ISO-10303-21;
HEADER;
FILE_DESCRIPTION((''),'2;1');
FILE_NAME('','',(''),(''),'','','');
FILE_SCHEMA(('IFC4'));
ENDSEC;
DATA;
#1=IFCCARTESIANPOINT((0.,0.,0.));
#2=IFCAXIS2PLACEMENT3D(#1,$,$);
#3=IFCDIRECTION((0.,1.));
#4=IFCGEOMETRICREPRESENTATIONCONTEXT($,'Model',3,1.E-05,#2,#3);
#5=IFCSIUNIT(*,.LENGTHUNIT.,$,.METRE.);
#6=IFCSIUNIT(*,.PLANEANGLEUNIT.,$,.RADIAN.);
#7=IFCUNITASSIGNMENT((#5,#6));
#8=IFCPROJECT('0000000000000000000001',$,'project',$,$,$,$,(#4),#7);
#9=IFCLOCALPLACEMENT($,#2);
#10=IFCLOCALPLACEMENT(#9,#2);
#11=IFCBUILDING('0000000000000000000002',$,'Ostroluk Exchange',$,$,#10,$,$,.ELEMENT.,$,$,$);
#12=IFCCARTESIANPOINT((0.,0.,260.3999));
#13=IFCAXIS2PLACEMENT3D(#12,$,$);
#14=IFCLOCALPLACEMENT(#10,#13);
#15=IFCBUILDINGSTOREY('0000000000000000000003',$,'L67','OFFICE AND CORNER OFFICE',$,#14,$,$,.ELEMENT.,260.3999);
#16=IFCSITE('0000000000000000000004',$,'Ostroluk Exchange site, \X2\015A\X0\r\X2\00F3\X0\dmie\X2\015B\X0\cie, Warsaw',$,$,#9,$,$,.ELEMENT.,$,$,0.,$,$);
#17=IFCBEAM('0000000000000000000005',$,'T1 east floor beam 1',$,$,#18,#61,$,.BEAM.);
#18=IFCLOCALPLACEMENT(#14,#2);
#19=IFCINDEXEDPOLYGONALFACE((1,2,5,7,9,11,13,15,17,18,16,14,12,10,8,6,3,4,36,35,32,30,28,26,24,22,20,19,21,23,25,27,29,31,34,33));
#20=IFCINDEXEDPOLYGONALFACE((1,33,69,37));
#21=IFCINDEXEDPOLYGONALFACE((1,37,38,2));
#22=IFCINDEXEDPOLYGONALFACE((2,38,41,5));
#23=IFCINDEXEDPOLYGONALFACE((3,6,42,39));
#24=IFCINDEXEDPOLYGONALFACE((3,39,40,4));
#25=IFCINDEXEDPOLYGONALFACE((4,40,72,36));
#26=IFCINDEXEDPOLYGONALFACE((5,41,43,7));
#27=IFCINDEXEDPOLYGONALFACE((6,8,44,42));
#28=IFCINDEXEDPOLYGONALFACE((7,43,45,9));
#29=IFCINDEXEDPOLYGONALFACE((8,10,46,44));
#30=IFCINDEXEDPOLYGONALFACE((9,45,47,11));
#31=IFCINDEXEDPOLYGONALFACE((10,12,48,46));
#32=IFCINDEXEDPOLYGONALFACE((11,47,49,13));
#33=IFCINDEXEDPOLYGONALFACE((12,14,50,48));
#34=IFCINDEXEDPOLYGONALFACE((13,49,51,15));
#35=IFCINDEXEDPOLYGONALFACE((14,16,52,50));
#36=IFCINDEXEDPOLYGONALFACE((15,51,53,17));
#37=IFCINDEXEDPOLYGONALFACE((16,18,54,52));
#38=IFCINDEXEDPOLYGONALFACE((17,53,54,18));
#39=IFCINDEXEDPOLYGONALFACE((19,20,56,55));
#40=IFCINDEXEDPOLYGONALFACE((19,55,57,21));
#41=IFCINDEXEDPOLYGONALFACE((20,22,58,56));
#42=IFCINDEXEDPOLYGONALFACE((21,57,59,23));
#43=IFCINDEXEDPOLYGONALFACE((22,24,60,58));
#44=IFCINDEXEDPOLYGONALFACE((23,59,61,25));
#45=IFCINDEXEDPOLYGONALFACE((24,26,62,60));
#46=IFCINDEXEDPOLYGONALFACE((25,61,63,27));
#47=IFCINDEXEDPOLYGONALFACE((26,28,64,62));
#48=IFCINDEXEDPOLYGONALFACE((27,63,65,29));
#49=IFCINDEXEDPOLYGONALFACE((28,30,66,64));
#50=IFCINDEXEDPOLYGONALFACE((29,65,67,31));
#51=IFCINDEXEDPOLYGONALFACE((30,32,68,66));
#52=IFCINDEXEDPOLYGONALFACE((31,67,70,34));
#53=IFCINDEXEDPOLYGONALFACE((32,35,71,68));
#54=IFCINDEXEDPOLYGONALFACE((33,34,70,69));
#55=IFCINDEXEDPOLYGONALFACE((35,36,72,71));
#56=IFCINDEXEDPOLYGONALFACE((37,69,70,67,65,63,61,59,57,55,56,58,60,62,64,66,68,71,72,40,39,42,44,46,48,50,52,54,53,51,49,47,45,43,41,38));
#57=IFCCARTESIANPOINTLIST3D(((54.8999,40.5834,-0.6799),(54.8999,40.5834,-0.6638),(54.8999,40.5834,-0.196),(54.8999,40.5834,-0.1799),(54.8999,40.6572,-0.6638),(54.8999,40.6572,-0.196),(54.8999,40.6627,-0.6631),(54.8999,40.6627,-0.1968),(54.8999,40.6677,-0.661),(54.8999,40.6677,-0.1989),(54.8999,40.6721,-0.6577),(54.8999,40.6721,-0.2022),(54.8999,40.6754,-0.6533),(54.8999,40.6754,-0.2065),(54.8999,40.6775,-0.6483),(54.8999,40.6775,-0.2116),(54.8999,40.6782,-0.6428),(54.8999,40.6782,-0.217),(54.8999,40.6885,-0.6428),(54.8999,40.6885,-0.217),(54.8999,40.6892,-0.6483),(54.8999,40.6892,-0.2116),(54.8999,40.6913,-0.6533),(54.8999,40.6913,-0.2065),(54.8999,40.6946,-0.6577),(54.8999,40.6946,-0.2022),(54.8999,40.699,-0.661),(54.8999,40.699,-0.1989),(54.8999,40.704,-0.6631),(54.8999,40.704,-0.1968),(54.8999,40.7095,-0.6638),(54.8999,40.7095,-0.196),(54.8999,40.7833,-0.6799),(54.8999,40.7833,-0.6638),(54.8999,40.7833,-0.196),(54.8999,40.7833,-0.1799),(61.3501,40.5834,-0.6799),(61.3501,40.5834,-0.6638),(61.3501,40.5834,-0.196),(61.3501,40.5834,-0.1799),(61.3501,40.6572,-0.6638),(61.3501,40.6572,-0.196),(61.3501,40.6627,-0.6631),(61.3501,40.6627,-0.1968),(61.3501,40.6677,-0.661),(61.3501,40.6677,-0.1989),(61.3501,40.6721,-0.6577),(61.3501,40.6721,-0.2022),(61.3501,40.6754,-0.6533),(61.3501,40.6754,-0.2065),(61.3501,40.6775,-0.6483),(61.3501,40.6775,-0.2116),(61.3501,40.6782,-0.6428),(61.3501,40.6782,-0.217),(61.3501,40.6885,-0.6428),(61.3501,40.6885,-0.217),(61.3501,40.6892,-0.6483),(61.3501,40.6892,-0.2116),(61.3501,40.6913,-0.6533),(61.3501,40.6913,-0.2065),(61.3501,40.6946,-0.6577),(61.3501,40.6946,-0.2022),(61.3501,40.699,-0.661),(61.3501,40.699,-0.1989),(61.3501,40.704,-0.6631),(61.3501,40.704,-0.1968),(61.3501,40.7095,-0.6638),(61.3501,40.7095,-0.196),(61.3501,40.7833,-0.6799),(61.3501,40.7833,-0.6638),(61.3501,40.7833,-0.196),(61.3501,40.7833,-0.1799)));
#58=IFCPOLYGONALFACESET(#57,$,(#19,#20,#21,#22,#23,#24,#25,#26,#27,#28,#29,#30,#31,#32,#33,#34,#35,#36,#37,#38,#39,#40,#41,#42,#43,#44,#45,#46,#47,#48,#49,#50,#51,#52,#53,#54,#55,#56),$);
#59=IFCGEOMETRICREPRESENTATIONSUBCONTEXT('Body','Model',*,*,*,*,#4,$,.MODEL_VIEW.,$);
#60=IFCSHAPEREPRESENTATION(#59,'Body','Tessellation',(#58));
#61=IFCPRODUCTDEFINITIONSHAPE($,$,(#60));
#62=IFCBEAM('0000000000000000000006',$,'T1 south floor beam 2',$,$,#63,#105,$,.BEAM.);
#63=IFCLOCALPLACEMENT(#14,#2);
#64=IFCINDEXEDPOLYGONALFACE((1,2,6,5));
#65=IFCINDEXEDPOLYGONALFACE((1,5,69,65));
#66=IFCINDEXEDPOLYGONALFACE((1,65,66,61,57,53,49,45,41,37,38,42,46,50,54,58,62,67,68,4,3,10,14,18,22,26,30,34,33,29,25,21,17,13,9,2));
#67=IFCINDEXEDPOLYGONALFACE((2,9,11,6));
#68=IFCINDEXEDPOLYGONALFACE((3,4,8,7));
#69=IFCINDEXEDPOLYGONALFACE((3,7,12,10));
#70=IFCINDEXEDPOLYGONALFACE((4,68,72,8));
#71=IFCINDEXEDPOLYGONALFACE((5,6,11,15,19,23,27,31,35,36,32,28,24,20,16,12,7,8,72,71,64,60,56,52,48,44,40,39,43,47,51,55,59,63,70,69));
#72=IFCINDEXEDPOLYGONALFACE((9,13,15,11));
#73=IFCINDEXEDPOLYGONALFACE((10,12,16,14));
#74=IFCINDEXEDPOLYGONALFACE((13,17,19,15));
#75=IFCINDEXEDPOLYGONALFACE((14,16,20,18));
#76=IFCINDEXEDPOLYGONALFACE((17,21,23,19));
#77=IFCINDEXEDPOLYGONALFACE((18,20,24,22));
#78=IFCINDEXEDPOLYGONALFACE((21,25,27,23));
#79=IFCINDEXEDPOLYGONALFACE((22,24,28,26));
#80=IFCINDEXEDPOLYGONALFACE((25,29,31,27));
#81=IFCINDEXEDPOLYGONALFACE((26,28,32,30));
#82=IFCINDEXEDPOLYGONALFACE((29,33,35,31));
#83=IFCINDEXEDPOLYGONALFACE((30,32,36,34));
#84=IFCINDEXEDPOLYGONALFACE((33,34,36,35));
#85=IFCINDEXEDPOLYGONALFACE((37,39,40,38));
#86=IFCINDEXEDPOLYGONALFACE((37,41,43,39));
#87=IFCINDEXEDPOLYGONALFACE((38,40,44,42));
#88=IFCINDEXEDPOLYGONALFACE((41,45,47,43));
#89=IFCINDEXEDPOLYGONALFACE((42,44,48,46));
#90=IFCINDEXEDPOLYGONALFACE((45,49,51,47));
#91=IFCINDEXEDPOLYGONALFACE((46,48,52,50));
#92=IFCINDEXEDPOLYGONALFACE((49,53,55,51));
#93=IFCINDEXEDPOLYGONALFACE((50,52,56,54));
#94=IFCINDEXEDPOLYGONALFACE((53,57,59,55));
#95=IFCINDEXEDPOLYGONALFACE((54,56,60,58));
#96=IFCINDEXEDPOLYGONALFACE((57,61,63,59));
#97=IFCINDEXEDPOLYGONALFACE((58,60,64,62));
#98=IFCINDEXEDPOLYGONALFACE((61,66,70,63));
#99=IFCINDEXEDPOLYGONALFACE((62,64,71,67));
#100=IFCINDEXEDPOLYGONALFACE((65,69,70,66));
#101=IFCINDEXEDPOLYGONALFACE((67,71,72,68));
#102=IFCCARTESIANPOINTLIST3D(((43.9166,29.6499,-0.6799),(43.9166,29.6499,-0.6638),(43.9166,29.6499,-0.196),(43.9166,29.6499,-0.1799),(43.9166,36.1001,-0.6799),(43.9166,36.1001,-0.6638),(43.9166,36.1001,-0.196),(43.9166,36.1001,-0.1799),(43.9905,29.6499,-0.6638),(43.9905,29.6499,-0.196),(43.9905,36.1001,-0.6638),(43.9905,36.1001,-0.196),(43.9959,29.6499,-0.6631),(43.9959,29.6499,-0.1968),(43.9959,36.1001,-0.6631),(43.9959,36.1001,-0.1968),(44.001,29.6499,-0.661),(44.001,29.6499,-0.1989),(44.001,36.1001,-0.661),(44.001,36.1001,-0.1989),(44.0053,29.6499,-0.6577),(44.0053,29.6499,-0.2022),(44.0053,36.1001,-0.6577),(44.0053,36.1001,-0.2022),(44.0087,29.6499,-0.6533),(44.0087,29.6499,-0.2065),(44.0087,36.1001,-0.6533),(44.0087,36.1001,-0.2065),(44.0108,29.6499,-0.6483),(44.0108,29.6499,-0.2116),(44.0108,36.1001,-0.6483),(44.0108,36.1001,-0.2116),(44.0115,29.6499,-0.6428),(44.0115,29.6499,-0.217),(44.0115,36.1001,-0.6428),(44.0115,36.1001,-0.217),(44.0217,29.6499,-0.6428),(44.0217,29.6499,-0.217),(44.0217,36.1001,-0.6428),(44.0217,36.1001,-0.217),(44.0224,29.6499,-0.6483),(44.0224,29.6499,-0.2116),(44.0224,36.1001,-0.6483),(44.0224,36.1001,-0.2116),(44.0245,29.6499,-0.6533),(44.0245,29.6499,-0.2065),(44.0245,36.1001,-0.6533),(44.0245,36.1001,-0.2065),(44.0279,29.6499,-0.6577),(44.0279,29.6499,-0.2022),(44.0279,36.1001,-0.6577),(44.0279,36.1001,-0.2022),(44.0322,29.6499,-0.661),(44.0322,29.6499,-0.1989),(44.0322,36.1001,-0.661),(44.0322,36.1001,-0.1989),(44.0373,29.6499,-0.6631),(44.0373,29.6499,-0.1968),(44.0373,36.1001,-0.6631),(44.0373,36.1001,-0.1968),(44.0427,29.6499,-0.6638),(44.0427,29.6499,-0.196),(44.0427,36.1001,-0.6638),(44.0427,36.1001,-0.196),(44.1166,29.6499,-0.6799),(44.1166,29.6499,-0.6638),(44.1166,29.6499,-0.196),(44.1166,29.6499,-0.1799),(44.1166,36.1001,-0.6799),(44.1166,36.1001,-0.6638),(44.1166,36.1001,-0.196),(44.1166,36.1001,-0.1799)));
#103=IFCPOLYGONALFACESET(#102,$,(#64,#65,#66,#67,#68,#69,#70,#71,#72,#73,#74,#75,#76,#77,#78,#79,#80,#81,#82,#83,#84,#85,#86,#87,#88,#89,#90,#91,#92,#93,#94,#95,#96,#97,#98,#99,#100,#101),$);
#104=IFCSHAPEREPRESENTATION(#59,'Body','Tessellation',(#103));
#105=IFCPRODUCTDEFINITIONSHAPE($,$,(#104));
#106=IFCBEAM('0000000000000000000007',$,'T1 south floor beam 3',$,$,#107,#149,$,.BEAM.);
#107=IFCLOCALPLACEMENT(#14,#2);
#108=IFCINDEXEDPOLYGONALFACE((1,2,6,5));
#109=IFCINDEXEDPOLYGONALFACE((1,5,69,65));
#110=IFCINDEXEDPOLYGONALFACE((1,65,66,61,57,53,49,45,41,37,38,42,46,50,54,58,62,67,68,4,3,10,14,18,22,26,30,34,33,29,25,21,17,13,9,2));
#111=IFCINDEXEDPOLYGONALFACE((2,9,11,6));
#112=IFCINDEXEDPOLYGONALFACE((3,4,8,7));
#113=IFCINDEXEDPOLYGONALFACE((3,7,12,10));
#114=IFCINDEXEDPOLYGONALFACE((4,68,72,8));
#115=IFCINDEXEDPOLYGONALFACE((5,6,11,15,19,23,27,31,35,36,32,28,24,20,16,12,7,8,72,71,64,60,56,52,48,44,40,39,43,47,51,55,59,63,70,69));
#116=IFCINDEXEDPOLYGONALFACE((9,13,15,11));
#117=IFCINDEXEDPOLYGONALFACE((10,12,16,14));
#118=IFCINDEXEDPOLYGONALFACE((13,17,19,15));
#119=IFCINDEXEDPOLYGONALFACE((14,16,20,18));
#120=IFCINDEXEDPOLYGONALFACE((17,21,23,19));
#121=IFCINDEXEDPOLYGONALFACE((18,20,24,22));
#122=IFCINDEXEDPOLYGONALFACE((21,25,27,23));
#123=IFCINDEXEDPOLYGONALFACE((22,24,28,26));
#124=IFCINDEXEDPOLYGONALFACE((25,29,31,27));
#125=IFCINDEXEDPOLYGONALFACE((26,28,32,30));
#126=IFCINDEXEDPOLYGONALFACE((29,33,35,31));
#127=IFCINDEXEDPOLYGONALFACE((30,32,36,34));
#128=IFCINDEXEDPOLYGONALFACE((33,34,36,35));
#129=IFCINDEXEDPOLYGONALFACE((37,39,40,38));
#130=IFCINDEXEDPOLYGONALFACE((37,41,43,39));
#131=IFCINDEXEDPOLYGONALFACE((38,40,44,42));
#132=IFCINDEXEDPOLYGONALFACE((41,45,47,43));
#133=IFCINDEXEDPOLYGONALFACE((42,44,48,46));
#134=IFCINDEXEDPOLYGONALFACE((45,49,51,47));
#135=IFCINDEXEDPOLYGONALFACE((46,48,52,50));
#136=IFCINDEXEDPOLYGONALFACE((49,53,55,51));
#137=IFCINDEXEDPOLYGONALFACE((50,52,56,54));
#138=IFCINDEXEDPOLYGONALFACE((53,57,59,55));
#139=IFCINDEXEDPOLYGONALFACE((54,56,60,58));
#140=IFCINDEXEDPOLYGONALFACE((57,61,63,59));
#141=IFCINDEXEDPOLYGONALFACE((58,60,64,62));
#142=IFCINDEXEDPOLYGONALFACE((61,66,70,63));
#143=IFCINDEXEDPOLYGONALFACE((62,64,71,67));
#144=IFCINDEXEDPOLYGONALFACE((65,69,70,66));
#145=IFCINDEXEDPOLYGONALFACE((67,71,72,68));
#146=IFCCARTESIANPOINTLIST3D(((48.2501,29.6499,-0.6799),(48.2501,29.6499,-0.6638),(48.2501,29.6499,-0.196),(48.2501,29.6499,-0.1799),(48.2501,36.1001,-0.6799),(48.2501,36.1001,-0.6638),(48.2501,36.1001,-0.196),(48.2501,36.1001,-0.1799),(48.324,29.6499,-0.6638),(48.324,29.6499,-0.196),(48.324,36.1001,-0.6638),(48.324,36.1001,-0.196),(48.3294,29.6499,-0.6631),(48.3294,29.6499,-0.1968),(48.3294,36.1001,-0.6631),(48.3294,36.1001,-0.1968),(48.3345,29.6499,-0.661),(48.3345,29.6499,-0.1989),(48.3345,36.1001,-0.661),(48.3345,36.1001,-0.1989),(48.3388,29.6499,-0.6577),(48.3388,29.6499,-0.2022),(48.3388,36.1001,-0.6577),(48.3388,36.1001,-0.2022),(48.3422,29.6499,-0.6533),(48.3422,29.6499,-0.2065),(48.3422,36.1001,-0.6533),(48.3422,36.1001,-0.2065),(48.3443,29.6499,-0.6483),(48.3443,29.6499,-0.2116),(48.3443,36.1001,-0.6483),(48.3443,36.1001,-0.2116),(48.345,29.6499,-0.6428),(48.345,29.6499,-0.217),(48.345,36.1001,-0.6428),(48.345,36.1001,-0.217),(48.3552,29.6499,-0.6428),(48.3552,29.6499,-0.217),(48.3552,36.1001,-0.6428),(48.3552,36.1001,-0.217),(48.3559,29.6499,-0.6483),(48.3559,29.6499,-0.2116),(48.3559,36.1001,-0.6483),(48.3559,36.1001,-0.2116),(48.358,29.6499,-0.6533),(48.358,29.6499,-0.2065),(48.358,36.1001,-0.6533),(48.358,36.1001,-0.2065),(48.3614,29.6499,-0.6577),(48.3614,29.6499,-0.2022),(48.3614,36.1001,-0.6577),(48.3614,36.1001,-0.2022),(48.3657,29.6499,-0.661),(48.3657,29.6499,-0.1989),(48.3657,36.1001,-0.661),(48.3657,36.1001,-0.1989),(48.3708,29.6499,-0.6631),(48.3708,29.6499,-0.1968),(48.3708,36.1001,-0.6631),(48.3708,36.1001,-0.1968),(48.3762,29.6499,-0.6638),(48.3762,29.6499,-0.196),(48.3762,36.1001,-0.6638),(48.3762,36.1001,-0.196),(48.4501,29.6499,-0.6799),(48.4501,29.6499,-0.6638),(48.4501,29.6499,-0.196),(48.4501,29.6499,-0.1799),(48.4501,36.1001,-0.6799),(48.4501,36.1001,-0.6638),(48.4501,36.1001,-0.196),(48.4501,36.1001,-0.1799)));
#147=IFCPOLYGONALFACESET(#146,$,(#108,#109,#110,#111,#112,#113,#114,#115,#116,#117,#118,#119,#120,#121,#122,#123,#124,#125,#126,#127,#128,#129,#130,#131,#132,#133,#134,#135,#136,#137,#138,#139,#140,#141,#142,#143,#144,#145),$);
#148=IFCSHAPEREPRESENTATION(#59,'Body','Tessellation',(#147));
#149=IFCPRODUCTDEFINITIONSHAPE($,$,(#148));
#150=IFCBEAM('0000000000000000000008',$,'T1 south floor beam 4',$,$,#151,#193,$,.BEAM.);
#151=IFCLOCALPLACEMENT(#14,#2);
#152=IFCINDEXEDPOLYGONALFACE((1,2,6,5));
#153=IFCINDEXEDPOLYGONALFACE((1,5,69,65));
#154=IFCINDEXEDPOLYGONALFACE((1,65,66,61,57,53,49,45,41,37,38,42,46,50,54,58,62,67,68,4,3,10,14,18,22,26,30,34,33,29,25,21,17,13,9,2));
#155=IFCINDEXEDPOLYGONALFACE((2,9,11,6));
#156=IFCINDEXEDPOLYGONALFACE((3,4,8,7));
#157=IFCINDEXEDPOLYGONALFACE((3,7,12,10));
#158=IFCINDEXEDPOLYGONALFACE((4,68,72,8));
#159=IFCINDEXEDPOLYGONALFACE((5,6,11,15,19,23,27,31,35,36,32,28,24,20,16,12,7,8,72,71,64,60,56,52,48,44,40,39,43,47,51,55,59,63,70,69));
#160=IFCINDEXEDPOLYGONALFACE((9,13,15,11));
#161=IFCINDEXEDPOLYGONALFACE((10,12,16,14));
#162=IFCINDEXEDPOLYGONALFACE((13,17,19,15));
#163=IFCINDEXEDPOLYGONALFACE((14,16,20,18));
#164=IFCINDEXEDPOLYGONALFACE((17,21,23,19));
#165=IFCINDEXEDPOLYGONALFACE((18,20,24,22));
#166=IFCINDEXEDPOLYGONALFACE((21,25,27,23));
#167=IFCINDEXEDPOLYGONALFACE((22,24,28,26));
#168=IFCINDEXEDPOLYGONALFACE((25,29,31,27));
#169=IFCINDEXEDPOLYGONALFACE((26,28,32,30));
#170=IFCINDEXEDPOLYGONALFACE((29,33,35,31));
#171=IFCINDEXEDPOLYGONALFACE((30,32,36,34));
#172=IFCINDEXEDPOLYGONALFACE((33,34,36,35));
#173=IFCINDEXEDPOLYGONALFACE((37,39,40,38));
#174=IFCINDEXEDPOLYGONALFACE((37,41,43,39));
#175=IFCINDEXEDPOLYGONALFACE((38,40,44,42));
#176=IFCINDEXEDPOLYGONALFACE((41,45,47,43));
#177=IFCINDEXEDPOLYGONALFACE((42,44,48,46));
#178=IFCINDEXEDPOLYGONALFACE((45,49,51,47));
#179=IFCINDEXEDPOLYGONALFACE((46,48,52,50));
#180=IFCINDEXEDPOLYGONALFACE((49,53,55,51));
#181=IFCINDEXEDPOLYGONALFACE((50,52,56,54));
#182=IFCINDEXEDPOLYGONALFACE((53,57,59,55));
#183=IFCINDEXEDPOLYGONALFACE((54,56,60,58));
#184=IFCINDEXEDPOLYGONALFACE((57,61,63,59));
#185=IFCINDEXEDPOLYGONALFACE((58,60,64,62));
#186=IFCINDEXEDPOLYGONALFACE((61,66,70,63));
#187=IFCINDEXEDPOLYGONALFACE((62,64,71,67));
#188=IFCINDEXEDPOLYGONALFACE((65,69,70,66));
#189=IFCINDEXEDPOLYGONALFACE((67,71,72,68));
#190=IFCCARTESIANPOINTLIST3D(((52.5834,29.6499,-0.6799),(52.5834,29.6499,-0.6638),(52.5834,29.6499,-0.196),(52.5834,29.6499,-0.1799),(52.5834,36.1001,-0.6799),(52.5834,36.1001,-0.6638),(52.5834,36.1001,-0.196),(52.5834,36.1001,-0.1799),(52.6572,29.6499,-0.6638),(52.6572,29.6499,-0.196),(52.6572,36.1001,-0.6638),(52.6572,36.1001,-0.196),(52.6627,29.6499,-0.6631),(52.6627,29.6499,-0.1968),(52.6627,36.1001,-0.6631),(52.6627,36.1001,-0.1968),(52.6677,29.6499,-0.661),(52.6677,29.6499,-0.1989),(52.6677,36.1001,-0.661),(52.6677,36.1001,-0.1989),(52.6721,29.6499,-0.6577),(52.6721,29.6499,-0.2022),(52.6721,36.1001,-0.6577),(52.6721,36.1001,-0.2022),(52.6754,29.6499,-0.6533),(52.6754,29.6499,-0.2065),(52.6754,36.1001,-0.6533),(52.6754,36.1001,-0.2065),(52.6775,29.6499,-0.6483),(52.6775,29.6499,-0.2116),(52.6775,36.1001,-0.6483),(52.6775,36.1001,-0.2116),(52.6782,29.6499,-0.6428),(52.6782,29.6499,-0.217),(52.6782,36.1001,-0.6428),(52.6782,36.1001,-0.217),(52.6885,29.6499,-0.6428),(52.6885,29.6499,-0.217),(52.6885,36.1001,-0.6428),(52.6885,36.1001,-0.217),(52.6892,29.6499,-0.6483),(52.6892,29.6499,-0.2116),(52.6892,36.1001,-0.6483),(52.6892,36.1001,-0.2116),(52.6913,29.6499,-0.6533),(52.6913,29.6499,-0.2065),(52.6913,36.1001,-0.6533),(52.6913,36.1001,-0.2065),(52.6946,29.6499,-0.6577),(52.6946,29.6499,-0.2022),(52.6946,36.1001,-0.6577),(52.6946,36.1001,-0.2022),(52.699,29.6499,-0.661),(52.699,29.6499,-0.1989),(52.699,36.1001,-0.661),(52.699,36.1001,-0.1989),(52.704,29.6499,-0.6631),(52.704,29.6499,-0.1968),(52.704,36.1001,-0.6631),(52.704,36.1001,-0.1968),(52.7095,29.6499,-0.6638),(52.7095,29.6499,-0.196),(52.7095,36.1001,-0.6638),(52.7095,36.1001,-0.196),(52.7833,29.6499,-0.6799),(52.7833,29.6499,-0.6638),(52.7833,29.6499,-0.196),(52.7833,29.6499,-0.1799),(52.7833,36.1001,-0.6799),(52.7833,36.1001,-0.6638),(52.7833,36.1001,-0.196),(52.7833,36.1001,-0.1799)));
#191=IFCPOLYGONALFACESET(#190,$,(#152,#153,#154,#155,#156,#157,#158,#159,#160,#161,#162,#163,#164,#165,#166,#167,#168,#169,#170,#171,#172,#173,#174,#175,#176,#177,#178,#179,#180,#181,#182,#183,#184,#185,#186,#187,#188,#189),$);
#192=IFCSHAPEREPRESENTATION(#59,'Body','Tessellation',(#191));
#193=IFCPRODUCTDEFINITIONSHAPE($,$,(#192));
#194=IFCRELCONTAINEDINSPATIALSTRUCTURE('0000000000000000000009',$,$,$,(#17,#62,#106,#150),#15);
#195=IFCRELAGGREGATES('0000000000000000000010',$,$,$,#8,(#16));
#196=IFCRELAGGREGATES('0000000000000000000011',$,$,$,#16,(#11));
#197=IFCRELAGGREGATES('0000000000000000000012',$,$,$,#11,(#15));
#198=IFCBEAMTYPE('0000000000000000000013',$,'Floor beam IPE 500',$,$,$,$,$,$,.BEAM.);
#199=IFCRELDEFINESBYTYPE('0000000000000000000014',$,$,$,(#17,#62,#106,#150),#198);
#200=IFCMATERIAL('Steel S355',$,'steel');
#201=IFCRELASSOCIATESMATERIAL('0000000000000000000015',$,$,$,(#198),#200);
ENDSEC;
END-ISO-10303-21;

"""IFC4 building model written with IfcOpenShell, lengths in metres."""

from ifc_helpers import new_model, si_unit, direction, frame, origin, origin_2d, place, context, subcontext, project, spatial, i_section, extrude, material, material_profile, profile_set, type_object, element, save


model = new_model("IFC4")

# Units and contexts
model_context = context("Model", 3, precision=1e-05, world=origin(), true_north=direction((0.0, 1.0)))
body_context = subcontext(model_context, "Body", "Model", "MODEL_VIEW")
ifc_project = project(units=[si_unit("LENGTHUNIT", "METRE"), si_unit("PLANEANGLEUNIT", "RADIAN")], contexts=[model_context])

# Site, building, storey
site_placement = place(None, origin())
site = spatial("IfcSite", under=ifc_project, at=site_placement, Name="Ostroluk Exchange site, Śródmieście, Warsaw", CompositionType="ELEMENT", RefElevation=0.0)
building_placement = place(site_placement, origin())
building = spatial("IfcBuilding", under=site, at=building_placement, Name="Ostroluk Exchange", CompositionType="ELEMENT")
storey_placement = place(building_placement, frame((0.0, 0.0, 260.3999)))
storey = spatial("IfcBuildingStorey", under=building, at=storey_placement, Name="L67", Description="OFFICE AND CORNER OFFICE", CompositionType="ELEMENT", Elevation=260.3999)

# Beams
ifc_material_1 = material(Name="Steel S355", Category="steel")
ifc_material_profile_1 = material_profile(ifc_material_1, i_section(OverallWidth=0.2, OverallDepth=0.5, WebThickness=0.0103, FlangeThickness=0.0161, FilletRadius=0.021, at=origin_2d()), Name="IPE 500")
ifc_profile_set_1 = profile_set([ifc_material_profile_1], Name="Steel S355")
beam_type_1 = type_object("IfcBeamType", Name="Floor beam IPE 500", PredefinedType="BEAM", material=ifc_profile_set_1)
for number, where, z_axis, x_axis, name in (
    (1, (54.8999, 40.6833, -0.4299), (1.0, 0.0, 0.0), (0.0, 1.0, 0.0), "T1 east floor beam 1"),
    (2, (44.0166, 36.1001, -0.4299), (0.0, -1.0, 0.0), (1.0, 0.0, 0.0), "T1 south floor beam 2"),
    (3, (48.3501, 36.1001, -0.4299), (0.0, -1.0, 0.0), (1.0, 0.0, 0.0), "T1 south floor beam 3"),
    (4, (52.6833, 36.1001, -0.4299), (0.0, -1.0, 0.0), (1.0, 0.0, 0.0), "T1 south floor beam 4"),
):
    element("IfcBeam", number, at=place(storey_placement, frame(where, z_axis=z_axis, x_axis=x_axis)), inside=storey, type_object=beam_type_1, Name=name, PredefinedType="BEAM", context=body_context, shape_type="SweptSolid", body=[
        extrude(i_section(OverallWidth=0.2, OverallDepth=0.5, WebThickness=0.0103, FlangeThickness=0.0161, FilletRadius=0.021, at=origin_2d()), origin(), (0.0, 0.0, 1.0), 6.4502),
    ])

save(model, "model.ifc")
